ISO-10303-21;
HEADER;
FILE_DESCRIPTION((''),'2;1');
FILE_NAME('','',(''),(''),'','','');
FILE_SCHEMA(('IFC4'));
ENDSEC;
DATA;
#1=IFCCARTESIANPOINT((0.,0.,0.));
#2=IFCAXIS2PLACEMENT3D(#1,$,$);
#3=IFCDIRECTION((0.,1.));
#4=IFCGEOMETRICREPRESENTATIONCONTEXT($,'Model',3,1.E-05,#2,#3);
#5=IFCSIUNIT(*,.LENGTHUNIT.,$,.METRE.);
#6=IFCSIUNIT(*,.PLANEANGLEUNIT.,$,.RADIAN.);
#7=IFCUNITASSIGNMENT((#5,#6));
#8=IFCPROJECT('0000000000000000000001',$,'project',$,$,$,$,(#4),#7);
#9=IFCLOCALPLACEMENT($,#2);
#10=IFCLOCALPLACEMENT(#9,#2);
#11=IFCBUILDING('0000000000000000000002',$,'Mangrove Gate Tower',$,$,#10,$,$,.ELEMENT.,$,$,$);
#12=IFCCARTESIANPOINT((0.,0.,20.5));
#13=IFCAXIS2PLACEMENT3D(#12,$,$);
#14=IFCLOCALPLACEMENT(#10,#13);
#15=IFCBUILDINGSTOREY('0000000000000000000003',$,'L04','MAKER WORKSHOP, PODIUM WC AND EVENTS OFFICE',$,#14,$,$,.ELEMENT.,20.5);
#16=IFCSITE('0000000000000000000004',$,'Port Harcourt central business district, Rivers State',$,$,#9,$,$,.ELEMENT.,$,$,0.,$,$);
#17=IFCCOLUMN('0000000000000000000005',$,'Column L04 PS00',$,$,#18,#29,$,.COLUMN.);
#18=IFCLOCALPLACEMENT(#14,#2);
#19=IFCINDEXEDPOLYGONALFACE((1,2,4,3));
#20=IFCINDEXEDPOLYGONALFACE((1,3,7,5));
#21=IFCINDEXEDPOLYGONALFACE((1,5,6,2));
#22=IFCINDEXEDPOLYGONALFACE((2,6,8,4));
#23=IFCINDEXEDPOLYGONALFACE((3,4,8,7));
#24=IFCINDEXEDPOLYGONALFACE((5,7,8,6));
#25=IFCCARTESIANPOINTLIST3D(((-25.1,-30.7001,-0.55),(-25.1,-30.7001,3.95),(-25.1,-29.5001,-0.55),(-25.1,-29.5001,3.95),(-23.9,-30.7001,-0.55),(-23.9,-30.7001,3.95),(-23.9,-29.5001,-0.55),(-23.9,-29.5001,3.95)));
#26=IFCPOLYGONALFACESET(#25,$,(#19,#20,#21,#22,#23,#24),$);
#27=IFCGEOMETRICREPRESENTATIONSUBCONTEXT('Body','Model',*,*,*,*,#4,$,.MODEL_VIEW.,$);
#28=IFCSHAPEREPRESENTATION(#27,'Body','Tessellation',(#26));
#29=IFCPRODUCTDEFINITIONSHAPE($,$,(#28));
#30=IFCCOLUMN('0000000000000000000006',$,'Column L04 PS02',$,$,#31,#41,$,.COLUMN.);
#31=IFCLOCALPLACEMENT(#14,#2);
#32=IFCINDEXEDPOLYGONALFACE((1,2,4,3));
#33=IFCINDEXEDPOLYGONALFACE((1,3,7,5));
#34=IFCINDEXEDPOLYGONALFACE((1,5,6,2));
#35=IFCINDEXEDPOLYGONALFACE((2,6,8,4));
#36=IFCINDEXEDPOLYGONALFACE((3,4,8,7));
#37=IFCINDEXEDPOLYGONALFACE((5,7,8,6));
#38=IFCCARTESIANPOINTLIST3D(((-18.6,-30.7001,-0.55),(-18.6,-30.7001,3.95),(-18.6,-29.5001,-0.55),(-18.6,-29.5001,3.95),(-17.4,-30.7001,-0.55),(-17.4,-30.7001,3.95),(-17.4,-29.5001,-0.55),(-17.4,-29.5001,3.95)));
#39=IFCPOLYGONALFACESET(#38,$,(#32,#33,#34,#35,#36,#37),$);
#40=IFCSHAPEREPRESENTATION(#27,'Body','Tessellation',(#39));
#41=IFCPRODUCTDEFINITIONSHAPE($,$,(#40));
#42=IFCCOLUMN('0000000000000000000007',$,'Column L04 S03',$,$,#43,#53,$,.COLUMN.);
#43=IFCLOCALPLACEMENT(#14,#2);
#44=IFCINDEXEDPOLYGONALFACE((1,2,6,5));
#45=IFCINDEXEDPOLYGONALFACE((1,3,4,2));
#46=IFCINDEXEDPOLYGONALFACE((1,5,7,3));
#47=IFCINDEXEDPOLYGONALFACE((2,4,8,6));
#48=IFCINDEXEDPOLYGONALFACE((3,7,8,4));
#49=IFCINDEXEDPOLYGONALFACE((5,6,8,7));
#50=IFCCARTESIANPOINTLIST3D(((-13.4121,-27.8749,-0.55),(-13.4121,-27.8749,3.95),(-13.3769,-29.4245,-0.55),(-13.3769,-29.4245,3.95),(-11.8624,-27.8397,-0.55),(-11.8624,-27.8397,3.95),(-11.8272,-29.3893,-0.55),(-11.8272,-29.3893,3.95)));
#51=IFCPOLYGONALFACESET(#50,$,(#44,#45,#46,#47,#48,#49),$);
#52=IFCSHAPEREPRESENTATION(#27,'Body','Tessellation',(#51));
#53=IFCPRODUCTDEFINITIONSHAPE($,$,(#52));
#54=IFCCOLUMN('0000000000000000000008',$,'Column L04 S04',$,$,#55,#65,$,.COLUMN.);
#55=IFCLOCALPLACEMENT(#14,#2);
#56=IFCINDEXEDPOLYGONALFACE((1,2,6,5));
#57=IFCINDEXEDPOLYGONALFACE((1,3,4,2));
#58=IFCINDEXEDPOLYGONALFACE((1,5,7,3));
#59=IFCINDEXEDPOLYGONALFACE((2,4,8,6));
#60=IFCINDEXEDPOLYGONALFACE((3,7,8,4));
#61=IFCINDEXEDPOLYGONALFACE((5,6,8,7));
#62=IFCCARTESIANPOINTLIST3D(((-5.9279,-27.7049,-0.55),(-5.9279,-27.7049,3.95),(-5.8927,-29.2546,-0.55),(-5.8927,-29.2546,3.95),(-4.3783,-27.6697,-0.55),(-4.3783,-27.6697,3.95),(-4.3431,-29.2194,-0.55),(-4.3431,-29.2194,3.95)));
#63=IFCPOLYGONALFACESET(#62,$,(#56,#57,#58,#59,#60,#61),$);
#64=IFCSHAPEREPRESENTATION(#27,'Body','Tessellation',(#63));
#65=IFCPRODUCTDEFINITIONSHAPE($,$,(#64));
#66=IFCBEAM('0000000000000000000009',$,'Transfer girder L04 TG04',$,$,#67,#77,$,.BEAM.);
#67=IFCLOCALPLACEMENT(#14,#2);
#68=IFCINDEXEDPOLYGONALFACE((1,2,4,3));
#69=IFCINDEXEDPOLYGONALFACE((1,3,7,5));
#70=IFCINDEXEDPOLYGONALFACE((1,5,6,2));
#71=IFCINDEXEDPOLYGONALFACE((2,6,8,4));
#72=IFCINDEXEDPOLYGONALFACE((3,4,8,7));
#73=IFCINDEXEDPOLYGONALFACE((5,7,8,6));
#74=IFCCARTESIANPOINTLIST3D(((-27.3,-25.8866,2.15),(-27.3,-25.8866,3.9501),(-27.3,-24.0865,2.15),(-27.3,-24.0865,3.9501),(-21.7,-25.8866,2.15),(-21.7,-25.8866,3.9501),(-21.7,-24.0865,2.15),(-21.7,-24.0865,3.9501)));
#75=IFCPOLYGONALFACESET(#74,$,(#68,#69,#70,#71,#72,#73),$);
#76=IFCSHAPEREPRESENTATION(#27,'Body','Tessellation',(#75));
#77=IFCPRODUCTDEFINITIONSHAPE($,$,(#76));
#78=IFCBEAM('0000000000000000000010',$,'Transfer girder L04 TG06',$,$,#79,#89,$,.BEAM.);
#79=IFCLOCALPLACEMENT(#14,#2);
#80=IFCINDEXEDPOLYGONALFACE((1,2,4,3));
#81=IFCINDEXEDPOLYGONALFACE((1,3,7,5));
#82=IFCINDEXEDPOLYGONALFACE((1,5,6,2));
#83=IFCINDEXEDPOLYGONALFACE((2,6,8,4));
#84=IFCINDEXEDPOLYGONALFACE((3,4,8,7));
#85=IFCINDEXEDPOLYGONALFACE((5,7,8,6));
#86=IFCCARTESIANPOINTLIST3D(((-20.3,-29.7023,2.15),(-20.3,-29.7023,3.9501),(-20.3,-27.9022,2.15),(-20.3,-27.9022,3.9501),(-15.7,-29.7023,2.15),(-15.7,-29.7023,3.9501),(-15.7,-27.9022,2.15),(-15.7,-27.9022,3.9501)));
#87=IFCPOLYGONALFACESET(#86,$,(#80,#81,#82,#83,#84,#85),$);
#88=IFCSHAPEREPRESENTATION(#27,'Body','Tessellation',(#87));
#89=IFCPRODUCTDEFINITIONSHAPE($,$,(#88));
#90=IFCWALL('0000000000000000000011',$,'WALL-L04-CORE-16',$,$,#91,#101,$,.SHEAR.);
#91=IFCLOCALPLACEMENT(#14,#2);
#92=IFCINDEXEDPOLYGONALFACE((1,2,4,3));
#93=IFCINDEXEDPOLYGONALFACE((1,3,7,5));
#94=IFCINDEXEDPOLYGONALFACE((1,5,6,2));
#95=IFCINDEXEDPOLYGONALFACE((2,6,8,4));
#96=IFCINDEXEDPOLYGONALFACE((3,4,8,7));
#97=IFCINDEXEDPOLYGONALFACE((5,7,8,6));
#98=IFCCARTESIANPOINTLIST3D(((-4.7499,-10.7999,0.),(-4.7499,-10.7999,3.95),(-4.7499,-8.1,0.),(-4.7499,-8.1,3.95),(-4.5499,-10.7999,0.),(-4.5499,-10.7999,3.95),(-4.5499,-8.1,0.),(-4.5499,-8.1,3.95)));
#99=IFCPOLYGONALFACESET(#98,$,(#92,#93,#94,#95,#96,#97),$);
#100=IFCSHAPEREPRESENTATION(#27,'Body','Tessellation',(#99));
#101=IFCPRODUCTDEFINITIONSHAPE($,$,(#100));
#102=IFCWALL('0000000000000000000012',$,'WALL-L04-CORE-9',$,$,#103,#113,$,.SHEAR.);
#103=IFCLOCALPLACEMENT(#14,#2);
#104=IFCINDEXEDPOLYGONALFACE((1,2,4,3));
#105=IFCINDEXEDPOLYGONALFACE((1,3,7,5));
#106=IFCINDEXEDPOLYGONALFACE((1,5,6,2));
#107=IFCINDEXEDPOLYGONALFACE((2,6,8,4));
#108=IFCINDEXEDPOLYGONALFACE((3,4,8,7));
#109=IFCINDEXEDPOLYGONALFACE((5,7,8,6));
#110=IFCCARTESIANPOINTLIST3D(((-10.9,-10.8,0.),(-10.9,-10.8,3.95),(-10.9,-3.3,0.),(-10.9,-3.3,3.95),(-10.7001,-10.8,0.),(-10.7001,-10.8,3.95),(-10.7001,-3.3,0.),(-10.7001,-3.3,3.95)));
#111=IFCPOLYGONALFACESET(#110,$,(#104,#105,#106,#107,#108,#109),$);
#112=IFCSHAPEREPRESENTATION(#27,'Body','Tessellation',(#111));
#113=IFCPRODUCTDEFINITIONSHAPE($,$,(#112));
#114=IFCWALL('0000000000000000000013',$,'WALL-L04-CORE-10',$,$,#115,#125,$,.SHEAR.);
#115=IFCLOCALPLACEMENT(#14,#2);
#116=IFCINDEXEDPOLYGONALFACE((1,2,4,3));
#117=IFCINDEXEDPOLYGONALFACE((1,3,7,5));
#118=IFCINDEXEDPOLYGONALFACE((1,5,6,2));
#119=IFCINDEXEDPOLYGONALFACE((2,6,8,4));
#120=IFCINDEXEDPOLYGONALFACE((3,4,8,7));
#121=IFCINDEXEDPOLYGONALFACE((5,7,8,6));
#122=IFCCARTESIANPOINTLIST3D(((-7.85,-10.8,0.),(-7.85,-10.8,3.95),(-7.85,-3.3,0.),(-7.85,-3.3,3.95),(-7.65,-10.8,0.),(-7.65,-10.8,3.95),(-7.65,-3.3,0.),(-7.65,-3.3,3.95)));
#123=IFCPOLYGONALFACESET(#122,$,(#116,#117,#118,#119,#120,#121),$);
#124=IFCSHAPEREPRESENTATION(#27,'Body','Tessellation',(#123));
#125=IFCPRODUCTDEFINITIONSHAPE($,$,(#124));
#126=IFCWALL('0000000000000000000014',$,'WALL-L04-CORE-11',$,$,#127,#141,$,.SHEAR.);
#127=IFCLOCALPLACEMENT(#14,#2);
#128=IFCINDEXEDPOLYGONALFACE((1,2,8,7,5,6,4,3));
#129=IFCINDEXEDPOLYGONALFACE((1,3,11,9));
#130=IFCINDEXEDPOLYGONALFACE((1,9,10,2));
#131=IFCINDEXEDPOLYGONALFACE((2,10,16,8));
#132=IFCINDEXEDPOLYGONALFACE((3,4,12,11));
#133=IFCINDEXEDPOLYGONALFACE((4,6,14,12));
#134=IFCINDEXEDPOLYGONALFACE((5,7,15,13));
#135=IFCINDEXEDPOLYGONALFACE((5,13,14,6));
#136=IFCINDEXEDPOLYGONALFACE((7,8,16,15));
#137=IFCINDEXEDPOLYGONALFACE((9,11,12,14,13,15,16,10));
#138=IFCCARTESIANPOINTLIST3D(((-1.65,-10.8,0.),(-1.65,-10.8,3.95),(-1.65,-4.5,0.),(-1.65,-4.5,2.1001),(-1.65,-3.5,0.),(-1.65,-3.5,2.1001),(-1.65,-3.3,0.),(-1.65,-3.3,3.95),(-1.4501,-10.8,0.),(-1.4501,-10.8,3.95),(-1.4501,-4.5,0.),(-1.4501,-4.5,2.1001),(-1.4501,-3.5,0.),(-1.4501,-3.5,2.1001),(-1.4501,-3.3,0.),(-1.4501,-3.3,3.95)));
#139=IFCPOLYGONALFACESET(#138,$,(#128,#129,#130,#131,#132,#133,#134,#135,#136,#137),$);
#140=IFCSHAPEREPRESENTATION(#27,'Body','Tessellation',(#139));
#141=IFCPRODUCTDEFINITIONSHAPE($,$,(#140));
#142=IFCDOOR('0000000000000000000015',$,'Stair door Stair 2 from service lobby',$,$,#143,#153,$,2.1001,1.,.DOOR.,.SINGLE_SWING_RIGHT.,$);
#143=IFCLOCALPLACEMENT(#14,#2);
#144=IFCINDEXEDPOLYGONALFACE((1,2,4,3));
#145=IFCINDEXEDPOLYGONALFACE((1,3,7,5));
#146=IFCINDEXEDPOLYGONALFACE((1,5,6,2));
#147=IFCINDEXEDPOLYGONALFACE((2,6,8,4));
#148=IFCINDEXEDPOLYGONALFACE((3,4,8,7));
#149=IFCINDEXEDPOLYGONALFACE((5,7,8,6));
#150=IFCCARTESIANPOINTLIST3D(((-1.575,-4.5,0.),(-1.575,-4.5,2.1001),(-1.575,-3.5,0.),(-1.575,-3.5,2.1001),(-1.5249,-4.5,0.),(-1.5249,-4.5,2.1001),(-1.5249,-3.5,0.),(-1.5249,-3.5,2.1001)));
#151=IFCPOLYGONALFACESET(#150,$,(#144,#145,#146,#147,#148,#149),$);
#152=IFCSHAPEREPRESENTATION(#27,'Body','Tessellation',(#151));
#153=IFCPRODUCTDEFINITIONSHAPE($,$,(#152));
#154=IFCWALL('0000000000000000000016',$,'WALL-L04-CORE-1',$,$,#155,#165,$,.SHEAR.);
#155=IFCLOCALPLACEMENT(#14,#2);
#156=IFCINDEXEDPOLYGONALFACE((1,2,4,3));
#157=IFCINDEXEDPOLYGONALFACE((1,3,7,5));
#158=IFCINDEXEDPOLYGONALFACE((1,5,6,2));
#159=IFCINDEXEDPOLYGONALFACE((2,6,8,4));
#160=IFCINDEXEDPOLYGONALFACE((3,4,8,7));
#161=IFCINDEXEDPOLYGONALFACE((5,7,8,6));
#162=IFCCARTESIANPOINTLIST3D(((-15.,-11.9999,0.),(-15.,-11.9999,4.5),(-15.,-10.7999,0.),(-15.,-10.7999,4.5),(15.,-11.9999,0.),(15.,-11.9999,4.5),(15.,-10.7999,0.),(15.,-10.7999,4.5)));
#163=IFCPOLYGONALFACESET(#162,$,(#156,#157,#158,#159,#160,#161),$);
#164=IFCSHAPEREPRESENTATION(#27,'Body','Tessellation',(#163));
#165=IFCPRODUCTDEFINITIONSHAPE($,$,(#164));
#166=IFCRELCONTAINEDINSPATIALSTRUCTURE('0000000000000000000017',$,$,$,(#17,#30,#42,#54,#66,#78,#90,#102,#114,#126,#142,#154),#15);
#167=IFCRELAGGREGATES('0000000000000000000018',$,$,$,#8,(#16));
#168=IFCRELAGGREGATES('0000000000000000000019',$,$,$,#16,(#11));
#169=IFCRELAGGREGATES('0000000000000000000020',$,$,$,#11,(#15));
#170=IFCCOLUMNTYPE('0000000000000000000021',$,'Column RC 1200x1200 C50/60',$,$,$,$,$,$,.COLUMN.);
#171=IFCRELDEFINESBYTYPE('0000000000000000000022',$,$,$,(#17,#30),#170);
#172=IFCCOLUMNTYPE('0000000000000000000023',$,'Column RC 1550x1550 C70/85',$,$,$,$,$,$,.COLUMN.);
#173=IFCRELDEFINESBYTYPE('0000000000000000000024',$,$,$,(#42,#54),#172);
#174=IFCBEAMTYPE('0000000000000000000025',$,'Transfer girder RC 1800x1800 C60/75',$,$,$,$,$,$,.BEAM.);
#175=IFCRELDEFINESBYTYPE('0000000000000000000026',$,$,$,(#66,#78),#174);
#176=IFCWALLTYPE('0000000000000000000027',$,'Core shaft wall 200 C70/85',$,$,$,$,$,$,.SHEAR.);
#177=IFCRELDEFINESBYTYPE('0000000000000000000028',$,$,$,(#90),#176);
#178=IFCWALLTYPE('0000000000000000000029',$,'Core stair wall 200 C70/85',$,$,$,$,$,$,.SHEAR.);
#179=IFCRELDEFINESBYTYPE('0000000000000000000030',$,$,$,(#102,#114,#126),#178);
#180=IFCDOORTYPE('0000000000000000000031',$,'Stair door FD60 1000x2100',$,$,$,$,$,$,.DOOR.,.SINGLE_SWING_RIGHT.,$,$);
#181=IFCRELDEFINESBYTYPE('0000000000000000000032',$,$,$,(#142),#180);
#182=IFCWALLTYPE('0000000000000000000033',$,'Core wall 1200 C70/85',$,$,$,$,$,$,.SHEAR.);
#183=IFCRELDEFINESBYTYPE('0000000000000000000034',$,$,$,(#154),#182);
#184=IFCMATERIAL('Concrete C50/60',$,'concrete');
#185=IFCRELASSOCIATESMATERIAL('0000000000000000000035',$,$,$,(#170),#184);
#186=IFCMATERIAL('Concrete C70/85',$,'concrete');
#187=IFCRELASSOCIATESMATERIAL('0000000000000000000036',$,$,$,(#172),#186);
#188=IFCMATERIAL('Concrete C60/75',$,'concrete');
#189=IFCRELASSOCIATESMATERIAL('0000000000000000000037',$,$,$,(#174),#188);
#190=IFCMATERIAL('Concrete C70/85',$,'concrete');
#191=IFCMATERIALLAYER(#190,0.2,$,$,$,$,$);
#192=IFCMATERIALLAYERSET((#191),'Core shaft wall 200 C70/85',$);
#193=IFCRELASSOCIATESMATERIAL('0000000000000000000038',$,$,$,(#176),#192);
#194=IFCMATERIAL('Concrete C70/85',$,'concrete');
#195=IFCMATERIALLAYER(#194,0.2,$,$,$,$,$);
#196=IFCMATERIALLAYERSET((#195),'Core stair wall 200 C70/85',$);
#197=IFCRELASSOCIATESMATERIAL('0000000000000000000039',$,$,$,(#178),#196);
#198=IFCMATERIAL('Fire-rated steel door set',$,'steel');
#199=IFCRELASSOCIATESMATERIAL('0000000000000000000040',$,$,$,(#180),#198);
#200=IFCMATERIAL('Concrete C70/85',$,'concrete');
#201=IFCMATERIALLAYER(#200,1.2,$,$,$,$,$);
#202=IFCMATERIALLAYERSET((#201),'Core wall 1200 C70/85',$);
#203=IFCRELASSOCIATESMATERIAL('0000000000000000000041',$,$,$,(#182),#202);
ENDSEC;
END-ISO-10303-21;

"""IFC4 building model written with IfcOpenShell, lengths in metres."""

from ifc_helpers import new_model, si_unit, direction, frame, frame_2d, origin, origin_2d, place, context, subcontext, project, spatial, rectangle, extrude, material, layer, layer_set, material_profile, profile_set, type_object, element, fill, save


model = new_model("IFC4")

# Units and contexts
model_context = context("Model", 3, precision=1e-05, world=origin(), true_north=direction((0.0, 1.0)))
body_context = subcontext(model_context, "Body", "Model", "MODEL_VIEW")
ifc_project = project(units=[si_unit("LENGTHUNIT", "METRE"), si_unit("PLANEANGLEUNIT", "RADIAN")], contexts=[model_context])

# Site, building, storey
site_placement = place(None, origin())
site = spatial("IfcSite", under=ifc_project, at=site_placement, Name="Port Harcourt central business district, Rivers State", CompositionType="ELEMENT", RefElevation=0.0)
building_placement = place(site_placement, origin())
building = spatial("IfcBuilding", under=site, at=building_placement, Name="Mangrove Gate Tower", CompositionType="ELEMENT")
storey_placement = place(building_placement, frame((0.0, 0.0, 20.5)))
storey = spatial("IfcBuildingStorey", under=building, at=storey_placement, Name="L04", Description="MAKER WORKSHOP, PODIUM WC AND EVENTS OFFICE", CompositionType="ELEMENT", Elevation=20.5)

# Columns
ifc_material_1 = material(Name="Concrete C50/60", Category="concrete")
ifc_material_profile_1 = material_profile(ifc_material_1, rectangle(XDim=1.2, YDim=1.2, at=origin_2d()))
ifc_profile_set_1 = profile_set([ifc_material_profile_1], Name="Concrete C50/60")
column_type_1 = type_object("IfcColumnType", Name="Column RC 1200x1200 C50/60", PredefinedType="COLUMN", material=ifc_profile_set_1)
for number, where, z_axis, x_axis, name in (
    (1, (-24.5, -30.1001, -0.55), (0.0, 0.0, 1.0), (1.0, 0.0, 0.0), "Column L04 PS00"),
    (2, (-18.0, -30.1001, -0.55), (0.0, 0.0, 1.0), (1.0, 0.0, 0.0), "Column L04 PS02"),
):
    element("IfcColumn", number, at=place(storey_placement, frame(where, z_axis=z_axis, x_axis=x_axis)), inside=storey, type_object=column_type_1, Name=name, PredefinedType="COLUMN", context=body_context, shape_type="SweptSolid", body=[
        extrude(rectangle(XDim=1.2, YDim=1.2, at=origin_2d()), origin(), (0.0, 0.0, 1.0), 4.5),
    ])
ifc_material_2 = material(Name="Concrete C70/85", Category="concrete")
ifc_material_profile_2 = material_profile(ifc_material_2, rectangle(XDim=1.55, YDim=1.55, at=origin_2d()))
ifc_profile_set_2 = profile_set([ifc_material_profile_2], Name="Concrete C70/85")
column_type_2 = type_object("IfcColumnType", Name="Column RC 1550x1550 C70/85", PredefinedType="COLUMN", material=ifc_profile_set_2)
for number, where, z_axis, x_axis, name in (
    (3, (-12.6196, -28.6321, -0.55), (0.0, 0.0, 1.0), (0.999742, 0.022711, 0.0), "Column L04 S03"),
    (4, (-5.1355, -28.4622, -0.55), (0.0, 0.0, 1.0), (0.999742, 0.022709, 0.0), "Column L04 S04"),
):
    element("IfcColumn", number, at=place(storey_placement, frame(where, z_axis=z_axis, x_axis=x_axis)), inside=storey, type_object=column_type_2, Name=name, PredefinedType="COLUMN", context=body_context, shape_type="SweptSolid", body=[
        extrude(rectangle(XDim=1.55, YDim=1.55, at=origin_2d()), origin(), (0.0, 0.0, 1.0), 4.5),
    ])

# Beams
ifc_material_3 = material(Name="Concrete C60/75", Category="concrete")
ifc_material_profile_3 = material_profile(ifc_material_3, rectangle(XDim=1.8, YDim=1.8, at=origin_2d()))
ifc_profile_set_3 = profile_set([ifc_material_profile_3], Name="Concrete C60/75")
beam_type = type_object("IfcBeamType", Name="Transfer girder RC 1800x1800 C60/75", PredefinedType="BEAM", material=ifc_profile_set_3)
beam_1_placement = place(storey_placement, frame((-27.3, -24.9866, 3.05), z_axis=(1.0, 0.0, 0.0), x_axis=(0.0, 1.0, 0.0)))
element("IfcBeam", 5, at=beam_1_placement, inside=storey, type_object=beam_type, Name="Transfer girder L04 TG04", PredefinedType="BEAM", context=body_context, shape_type="SweptSolid", body=[
    extrude(rectangle(XDim=1.8, YDim=1.8, at=origin_2d()), origin(), (0.0, 0.0, 1.0), 5.6001),
])
beam_2_placement = place(storey_placement, frame((-20.3, -28.8022, 3.05), z_axis=(1.0, 0.0, 0.0), x_axis=(0.0, 1.0, 0.0)))
element("IfcBeam", 6, at=beam_2_placement, inside=storey, type_object=beam_type, Name="Transfer girder L04 TG06", PredefinedType="BEAM", context=body_context, shape_type="SweptSolid", body=[
    extrude(rectangle(XDim=1.8, YDim=1.8, at=origin_2d()), origin(), (0.0, 0.0, 1.0), 4.6001),
])

# Walls
ifc_material_4 = material(Name="Concrete C70/85", Category="concrete")
ifc_layer_1 = layer(ifc_material_4, 0.2)
ifc_layer_set_1 = layer_set([ifc_layer_1], Name="Core shaft wall 200 C70/85")
wall_type_1 = type_object("IfcWallType", Name="Core shaft wall 200 C70/85", PredefinedType="SHEAR", material=ifc_layer_set_1)
wall_1_placement = place(storey_placement, frame((-4.6499, -10.8, 0.0), z_axis=(0.0, 0.0, 1.0), x_axis=(0.0, 1.0, 0.0)))
element("IfcWall", 7, at=wall_1_placement, inside=storey, type_object=wall_type_1, Name="WALL-L04-CORE-16", PredefinedType="SHEAR", context=body_context, shape_type="SweptSolid", body=[
    extrude(rectangle(XDim=2.7, YDim=0.2, at=frame_2d((1.3501, 0.0))), origin(), (0.0, 0.0, 1.0), 3.95),
])
ifc_material_5 = material(Name="Concrete C70/85", Category="concrete")
ifc_layer_2 = layer(ifc_material_5, 0.2)
ifc_layer_set_2 = layer_set([ifc_layer_2], Name="Core stair wall 200 C70/85")
wall_type_2 = type_object("IfcWallType", Name="Core stair wall 200 C70/85", PredefinedType="SHEAR", material=ifc_layer_set_2)
for number, where, z_axis, x_axis, name in (
    (8, (-10.8, -10.8, 0.0), (0.0, 0.0, 1.0), (0.0, 1.0, 0.0), "WALL-L04-CORE-9"),
    (9, (-7.75, -10.8, 0.0), (0.0, 0.0, 1.0), (0.0, 1.0, 0.0), "WALL-L04-CORE-10"),
):
    element("IfcWall", number, at=place(storey_placement, frame(where, z_axis=z_axis, x_axis=x_axis)), inside=storey, type_object=wall_type_2, Name=name, PredefinedType="SHEAR", context=body_context, shape_type="SweptSolid", body=[
        extrude(rectangle(XDim=7.5, YDim=0.2, at=frame_2d((3.75, 0.0))), origin(), (0.0, 0.0, 1.0), 3.95),
    ])

# Wall, opening, door
wall_2_placement = place(storey_placement, frame((-1.55, -10.8, 0.0), z_axis=(0.0, 0.0, 1.0), x_axis=(0.0, 1.0, 0.0)))
wall_2 = element("IfcWall", 10, at=wall_2_placement, inside=storey, type_object=wall_type_2, Name="WALL-L04-CORE-11", PredefinedType="SHEAR", context=body_context, shape_type="SweptSolid", body=[
    extrude(rectangle(XDim=7.5, YDim=0.2, at=frame_2d((3.75, 0.0))), origin(), (0.0, 0.0, 1.0), 3.95),
])
opening_1_placement = place(wall_2_placement, frame((6.3, 0.0, 0.0)))
opening_1 = element("IfcOpeningElement", 11, at=opening_1_placement, cuts=wall_2, PredefinedType="OPENING", context=body_context, shape_type="SweptSolid", body=[
    extrude(rectangle(XDim=1.0, YDim=2.1001, at=frame_2d((0.5, 1.05))), frame((0.0, 0.1099, 0.0), z_axis=(0.0, -1.0, 0.0), x_axis=(1.0, 0.0, 0.0)), (0.0, 0.0, 1.0), 0.22),
])
ifc_material_6 = material(Name="Fire-rated steel door set", Category="steel")
door_type_1 = type_object("IfcDoorType", Name="Stair door FD60 1000x2100", OperationType="SINGLE_SWING_RIGHT", PredefinedType="DOOR", material=ifc_material_6)
door_1_placement = place(opening_1_placement, origin())
door_1 = element("IfcDoor", 12, at=door_1_placement, inside=storey, type_object=door_type_1, Name="Stair door Stair 2 from service lobby", OperationType="SINGLE_SWING_RIGHT", OverallHeight=2.1001, OverallWidth=1.0, PredefinedType="DOOR", context=body_context, shape_type="SweptSolid", body=[
    extrude(rectangle(XDim=1.0, YDim=2.1001, at=frame_2d((0.5, 1.05))), frame((0.0, 0.0249, 0.0), z_axis=(0.0, -1.0, 0.0), x_axis=(1.0, 0.0, 0.0)), (0.0, 0.0, 1.0), 0.05),
])
fill(opening_1, door_1)

# Wall
ifc_material_7 = material(Name="Concrete C70/85", Category="concrete")
ifc_layer_3 = layer(ifc_material_7, 1.2)
ifc_layer_set_3 = layer_set([ifc_layer_3], Name="Core wall 1200 C70/85")
wall_type_3 = type_object("IfcWallType", Name="Core wall 1200 C70/85", PredefinedType="SHEAR", material=ifc_layer_set_3)
wall_3_placement = place(storey_placement, frame((-15.0, -11.3999, 0.0), z_axis=(0.0, 0.0, 1.0), x_axis=(1.0, 0.0, 0.0)))
element("IfcWall", 13, at=wall_3_placement, inside=storey, type_object=wall_type_3, Name="WALL-L04-CORE-1", PredefinedType="SHEAR", context=body_context, shape_type="SweptSolid", body=[
    extrude(rectangle(XDim=30.0, YDim=1.2, at=frame_2d((15.0, 0.0))), origin(), (0.0, 0.0, 1.0), 4.5),
])

save(model, "model.ifc")
